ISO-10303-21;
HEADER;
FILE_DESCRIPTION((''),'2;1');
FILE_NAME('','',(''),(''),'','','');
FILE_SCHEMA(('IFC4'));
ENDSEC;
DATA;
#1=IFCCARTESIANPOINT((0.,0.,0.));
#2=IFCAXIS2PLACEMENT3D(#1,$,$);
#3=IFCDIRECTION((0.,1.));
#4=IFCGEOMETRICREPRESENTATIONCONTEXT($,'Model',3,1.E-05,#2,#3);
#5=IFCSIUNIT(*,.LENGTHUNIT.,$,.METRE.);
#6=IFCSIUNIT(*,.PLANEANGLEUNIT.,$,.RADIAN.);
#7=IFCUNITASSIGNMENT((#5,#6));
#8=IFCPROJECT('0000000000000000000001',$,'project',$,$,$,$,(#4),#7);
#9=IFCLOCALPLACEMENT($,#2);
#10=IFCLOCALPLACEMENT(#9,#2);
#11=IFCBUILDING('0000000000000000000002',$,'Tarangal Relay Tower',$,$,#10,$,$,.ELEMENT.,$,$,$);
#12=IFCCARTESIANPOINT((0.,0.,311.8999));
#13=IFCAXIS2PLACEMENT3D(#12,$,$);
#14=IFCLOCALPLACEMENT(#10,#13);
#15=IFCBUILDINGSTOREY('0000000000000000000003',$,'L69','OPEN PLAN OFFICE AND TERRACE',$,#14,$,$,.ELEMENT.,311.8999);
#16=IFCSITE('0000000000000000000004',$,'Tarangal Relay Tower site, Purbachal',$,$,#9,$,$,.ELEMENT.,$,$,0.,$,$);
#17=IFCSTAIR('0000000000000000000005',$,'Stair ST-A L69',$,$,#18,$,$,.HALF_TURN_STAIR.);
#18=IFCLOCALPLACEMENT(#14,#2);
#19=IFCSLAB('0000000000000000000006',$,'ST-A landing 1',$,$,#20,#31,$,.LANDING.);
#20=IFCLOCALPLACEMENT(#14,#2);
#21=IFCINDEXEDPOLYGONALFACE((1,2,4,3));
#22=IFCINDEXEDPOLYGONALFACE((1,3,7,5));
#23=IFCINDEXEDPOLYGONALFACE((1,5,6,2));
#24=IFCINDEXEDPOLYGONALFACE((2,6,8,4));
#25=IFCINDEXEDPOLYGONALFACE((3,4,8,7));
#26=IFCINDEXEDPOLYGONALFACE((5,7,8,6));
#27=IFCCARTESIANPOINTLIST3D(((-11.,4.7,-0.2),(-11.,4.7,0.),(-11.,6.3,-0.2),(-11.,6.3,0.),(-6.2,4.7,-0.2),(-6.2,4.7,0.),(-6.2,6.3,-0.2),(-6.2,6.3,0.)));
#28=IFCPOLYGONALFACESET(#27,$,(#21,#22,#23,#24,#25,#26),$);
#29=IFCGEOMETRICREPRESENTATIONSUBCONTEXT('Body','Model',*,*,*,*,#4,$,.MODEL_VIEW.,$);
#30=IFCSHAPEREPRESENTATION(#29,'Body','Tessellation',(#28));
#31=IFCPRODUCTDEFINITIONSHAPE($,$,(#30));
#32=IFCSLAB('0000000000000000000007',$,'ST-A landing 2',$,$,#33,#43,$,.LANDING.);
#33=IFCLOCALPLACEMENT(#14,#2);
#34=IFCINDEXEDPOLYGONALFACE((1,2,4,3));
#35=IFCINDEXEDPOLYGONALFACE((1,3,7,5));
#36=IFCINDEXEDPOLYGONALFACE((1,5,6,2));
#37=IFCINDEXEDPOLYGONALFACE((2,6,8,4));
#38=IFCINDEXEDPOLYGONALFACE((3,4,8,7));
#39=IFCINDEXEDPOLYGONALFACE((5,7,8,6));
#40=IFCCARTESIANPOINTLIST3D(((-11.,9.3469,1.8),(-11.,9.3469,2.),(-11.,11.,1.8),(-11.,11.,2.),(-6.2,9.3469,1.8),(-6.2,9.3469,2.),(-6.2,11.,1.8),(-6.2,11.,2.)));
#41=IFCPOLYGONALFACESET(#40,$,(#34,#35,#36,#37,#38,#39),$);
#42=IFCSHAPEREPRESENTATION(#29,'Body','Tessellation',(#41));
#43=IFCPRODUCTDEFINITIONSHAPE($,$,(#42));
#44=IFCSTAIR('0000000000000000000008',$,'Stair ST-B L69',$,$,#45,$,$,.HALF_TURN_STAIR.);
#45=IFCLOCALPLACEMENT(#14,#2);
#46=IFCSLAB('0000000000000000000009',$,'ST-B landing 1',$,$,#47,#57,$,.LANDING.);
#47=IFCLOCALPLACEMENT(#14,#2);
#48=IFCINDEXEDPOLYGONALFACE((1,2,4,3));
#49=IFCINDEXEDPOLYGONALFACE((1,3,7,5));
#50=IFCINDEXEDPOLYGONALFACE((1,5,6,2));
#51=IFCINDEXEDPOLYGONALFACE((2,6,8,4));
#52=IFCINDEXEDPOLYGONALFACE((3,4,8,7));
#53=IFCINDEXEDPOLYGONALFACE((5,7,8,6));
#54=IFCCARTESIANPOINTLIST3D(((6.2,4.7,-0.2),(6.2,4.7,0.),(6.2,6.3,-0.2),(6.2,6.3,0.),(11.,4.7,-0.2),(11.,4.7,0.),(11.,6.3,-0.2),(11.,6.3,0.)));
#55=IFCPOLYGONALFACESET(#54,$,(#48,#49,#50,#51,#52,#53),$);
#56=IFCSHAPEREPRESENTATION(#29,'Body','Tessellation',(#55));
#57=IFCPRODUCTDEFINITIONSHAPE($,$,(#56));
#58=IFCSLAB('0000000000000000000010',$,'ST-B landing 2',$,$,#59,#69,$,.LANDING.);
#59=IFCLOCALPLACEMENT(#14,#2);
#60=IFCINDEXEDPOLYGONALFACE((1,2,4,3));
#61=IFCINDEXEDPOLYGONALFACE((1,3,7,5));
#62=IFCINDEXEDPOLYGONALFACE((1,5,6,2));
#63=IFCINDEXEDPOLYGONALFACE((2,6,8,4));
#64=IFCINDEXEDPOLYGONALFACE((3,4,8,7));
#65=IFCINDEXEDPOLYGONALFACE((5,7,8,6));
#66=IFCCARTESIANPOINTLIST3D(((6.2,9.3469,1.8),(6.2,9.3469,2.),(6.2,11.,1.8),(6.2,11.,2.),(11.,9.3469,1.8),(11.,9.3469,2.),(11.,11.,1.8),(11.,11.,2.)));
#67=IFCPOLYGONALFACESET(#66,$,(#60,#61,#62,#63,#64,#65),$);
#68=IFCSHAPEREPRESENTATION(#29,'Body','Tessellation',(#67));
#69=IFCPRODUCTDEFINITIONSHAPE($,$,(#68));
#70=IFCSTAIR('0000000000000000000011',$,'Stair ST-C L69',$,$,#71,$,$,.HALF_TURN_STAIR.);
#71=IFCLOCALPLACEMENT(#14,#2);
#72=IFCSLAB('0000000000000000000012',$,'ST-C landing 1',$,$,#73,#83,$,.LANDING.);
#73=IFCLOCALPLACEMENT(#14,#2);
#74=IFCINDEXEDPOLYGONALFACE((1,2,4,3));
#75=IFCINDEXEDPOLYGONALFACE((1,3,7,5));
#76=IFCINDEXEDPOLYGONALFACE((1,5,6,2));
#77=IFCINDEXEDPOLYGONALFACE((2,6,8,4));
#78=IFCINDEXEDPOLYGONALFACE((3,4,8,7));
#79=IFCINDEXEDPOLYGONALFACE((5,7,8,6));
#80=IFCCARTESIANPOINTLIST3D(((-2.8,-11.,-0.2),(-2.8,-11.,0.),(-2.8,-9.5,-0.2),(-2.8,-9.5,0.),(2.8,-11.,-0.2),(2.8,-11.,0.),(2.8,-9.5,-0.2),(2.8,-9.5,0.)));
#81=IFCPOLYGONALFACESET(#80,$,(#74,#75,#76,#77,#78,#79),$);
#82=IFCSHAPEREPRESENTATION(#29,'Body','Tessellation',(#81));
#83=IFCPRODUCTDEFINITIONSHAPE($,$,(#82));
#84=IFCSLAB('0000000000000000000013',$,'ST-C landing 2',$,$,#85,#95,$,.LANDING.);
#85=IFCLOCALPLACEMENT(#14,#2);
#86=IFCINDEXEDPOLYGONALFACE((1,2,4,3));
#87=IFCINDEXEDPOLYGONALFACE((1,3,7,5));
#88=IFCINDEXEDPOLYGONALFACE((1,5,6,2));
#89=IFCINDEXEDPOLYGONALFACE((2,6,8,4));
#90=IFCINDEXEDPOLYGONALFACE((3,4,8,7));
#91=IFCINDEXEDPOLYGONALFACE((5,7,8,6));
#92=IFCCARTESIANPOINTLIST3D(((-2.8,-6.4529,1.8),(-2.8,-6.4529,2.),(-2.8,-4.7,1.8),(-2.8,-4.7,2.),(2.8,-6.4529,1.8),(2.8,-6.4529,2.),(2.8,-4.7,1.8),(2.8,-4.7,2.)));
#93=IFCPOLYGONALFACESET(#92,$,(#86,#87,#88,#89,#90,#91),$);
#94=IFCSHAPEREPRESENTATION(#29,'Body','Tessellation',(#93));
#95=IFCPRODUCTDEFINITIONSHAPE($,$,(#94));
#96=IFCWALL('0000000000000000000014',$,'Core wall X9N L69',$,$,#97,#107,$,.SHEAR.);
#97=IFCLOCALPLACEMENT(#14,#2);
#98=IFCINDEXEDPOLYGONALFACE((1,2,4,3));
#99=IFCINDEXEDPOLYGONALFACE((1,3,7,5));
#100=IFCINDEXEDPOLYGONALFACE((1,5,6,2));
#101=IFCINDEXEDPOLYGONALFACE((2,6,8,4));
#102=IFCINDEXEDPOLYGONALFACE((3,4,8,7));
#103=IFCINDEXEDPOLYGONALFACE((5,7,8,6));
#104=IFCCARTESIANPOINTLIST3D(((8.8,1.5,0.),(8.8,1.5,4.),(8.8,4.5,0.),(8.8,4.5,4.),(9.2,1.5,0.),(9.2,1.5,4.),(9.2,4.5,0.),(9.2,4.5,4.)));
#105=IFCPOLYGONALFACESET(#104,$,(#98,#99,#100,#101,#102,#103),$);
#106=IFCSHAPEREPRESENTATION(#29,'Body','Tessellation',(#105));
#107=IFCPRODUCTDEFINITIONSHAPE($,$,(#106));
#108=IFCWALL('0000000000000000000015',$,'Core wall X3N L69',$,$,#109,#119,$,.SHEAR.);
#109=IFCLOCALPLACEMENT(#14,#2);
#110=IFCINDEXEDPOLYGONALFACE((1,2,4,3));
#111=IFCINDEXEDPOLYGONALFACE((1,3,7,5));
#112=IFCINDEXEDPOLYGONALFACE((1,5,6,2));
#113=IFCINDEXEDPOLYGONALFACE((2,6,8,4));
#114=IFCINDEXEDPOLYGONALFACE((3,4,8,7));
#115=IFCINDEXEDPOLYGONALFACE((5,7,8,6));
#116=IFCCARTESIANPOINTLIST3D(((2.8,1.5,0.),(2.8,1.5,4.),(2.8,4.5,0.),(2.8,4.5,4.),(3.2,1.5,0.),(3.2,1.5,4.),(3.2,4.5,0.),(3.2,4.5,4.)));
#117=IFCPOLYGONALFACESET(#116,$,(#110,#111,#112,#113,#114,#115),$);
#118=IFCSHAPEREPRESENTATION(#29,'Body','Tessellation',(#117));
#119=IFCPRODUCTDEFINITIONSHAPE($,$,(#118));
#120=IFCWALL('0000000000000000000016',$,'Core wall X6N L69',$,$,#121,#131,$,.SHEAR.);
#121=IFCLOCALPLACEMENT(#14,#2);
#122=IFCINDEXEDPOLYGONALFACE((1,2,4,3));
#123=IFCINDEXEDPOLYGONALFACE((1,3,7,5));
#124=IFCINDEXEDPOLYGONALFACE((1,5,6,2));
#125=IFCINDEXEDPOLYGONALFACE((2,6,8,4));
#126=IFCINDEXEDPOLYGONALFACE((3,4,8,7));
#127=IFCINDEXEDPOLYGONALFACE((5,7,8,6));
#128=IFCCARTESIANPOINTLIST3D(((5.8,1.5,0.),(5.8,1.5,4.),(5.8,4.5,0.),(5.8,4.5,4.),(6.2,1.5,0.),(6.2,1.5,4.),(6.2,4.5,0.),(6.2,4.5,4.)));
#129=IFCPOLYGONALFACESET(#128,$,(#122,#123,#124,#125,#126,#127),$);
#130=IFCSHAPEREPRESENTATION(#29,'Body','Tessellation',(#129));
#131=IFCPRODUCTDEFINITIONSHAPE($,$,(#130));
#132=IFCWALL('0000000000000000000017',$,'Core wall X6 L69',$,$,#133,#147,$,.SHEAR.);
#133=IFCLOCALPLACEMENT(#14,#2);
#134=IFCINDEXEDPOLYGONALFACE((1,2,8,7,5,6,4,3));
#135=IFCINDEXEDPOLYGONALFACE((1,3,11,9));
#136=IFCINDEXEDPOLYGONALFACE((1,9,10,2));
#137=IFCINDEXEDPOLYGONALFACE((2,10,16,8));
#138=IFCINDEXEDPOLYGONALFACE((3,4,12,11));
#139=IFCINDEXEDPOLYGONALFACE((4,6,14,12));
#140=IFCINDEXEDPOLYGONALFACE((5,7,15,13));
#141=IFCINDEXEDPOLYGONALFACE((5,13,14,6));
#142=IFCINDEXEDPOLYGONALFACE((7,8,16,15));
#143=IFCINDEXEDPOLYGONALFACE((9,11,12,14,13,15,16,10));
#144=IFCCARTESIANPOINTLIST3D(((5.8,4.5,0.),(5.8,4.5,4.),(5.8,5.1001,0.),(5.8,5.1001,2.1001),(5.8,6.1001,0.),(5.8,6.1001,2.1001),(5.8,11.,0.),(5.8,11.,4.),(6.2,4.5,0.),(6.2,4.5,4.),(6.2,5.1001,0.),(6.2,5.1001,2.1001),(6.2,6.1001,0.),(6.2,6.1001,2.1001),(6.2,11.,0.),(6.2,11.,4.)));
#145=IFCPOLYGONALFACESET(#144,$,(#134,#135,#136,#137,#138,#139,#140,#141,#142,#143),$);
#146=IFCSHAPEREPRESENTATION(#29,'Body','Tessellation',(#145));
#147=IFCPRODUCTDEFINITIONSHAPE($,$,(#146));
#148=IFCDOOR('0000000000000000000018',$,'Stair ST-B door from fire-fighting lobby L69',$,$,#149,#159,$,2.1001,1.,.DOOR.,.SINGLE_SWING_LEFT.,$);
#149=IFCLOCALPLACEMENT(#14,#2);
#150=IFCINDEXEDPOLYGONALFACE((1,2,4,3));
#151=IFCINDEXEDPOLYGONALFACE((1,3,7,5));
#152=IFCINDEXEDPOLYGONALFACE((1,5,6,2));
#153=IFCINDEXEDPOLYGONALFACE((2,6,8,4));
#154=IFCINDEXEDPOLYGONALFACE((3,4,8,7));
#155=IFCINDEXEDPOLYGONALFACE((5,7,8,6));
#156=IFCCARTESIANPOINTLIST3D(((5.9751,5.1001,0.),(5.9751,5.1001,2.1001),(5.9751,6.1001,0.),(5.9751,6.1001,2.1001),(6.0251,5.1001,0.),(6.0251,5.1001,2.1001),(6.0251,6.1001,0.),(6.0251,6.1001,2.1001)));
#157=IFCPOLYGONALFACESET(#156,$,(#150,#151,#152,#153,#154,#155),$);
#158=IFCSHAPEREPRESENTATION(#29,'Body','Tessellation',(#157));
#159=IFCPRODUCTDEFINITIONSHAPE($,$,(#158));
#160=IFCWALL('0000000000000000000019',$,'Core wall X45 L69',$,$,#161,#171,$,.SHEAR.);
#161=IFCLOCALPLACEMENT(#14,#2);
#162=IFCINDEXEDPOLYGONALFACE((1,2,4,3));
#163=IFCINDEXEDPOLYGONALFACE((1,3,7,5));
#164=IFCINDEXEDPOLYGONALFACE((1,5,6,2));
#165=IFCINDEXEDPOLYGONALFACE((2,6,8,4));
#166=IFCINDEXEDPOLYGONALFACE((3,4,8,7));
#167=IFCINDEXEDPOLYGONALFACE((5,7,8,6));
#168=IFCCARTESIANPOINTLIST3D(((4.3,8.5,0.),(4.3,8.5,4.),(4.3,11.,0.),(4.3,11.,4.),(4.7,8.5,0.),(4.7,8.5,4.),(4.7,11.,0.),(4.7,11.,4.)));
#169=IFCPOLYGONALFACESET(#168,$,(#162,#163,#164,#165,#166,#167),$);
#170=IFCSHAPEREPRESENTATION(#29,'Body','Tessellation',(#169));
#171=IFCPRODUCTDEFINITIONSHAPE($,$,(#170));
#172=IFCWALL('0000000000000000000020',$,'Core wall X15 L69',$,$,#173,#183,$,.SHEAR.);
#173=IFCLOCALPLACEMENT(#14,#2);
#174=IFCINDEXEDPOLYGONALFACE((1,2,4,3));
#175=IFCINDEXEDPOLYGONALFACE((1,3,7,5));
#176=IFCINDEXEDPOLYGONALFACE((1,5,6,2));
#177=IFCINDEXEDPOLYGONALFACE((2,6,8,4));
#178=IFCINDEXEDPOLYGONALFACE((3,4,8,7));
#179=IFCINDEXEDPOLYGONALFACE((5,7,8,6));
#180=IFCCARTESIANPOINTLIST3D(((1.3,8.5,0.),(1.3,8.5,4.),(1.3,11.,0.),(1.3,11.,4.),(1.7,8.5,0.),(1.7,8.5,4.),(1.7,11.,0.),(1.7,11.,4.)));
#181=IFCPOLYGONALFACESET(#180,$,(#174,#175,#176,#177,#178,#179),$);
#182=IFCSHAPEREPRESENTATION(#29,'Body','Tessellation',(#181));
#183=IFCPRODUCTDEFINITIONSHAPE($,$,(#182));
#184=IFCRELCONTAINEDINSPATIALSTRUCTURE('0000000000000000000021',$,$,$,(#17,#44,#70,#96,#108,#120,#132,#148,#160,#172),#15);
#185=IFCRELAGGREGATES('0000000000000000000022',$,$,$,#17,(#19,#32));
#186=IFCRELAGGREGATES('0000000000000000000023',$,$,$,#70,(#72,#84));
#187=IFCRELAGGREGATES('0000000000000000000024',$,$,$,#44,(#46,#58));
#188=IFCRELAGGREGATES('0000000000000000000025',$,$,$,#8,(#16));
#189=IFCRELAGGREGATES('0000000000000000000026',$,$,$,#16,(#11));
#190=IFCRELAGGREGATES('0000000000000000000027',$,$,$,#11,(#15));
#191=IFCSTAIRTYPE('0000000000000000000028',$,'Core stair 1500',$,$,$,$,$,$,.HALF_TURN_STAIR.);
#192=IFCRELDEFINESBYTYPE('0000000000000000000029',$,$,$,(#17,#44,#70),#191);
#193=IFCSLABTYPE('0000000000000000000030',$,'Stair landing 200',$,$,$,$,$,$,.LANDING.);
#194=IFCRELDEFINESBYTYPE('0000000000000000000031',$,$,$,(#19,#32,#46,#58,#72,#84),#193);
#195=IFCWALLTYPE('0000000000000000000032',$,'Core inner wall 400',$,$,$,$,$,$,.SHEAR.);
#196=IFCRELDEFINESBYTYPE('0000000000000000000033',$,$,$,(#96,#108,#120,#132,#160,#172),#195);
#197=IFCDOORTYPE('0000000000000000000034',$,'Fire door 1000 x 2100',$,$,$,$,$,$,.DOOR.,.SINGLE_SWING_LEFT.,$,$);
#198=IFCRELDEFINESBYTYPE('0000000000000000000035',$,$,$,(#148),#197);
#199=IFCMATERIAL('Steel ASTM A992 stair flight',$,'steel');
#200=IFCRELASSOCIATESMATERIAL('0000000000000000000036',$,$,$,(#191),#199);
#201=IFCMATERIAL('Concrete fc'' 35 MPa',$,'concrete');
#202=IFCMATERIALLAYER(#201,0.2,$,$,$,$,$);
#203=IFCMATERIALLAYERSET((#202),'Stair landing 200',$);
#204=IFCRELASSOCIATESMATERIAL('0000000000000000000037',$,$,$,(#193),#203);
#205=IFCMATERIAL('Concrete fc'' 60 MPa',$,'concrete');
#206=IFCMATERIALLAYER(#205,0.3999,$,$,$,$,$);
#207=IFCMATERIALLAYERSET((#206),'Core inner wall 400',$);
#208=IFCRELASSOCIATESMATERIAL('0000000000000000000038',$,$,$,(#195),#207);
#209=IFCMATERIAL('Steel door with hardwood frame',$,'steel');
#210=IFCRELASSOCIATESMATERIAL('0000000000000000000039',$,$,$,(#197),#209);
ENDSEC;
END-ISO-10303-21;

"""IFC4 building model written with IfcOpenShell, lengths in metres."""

from ifc_helpers import new_model, si_unit, direction, frame, frame_2d, origin, place, context, subcontext, project, spatial, polyline, rectangle, outline, extrude, material, layer, layer_set, type_object, element, fill, aggregate, save


model = new_model("IFC4")

# Units and contexts
model_context = context("Model", 3, precision=1e-05, world=origin(), true_north=direction((0.0, 1.0)))
body_context = subcontext(model_context, "Body", "Model", "MODEL_VIEW")
ifc_project = project(units=[si_unit("LENGTHUNIT", "METRE"), si_unit("PLANEANGLEUNIT", "RADIAN")], contexts=[model_context])

# Site, building, storey
site_placement = place(None, origin())
site = spatial("IfcSite", under=ifc_project, at=site_placement, Name="Tarangal Relay Tower site, Purbachal", CompositionType="ELEMENT", RefElevation=0.0)
building_placement = place(site_placement, origin())
building = spatial("IfcBuilding", under=site, at=building_placement, Name="Tarangal Relay Tower", CompositionType="ELEMENT")
storey_placement = place(building_placement, frame((0.0, 0.0, 311.8999)))
storey = spatial("IfcBuildingStorey", under=building, at=storey_placement, Name="L69", Description="OPEN PLAN OFFICE AND TERRACE", CompositionType="ELEMENT", Elevation=311.8999)

# Stairs, slabs
ifc_material_1 = material(Name="Steel ASTM A992 stair flight", Category="steel")
stair_type = type_object("IfcStairType", Name="Core stair 1500", PredefinedType="HALF_TURN_STAIR", material=ifc_material_1)
stair_1_placement = place(storey_placement, origin())
stair_1 = element("IfcStair", 1, at=stair_1_placement, inside=storey, type_object=stair_type, Name="Stair ST-A L69", PredefinedType="HALF_TURN_STAIR")
ifc_material_2 = material(Name="Concrete fc' 35 MPa", Category="concrete")
ifc_layer_1 = layer(ifc_material_2, 0.2)
ifc_layer_set_1 = layer_set([ifc_layer_1], Name="Stair landing 200")
slab_type = type_object("IfcSlabType", Name="Stair landing 200", PredefinedType="LANDING", material=ifc_layer_set_1)
slab_1_placement = place(storey_placement, frame((0.0, 0.0, -0.2)))
slab_1 = element("IfcSlab", 2, at=slab_1_placement, type_object=slab_type, Name="ST-A landing 1", PredefinedType="LANDING", context=body_context, shape_type="SweptSolid", body=[
    extrude(outline(polyline([(-11.0, 4.7), (-6.2, 4.7), (-6.2, 6.3), (-11.0, 6.3), (-11.0, 4.7)])), origin(), (0.0, 0.0, 1.0), 0.2),
])
slab_2_placement = place(storey_placement, frame((0.0, 0.0, 1.8)))
slab_2 = element("IfcSlab", 3, at=slab_2_placement, type_object=slab_type, Name="ST-A landing 2", PredefinedType="LANDING", context=body_context, shape_type="SweptSolid", body=[
    extrude(outline(polyline([(-11.0, 9.3469), (-6.2, 9.3469), (-6.2, 11.0), (-11.0, 11.0), (-11.0, 9.3469)])), origin(), (0.0, 0.0, 1.0), 0.2),
])
aggregate(stair_1, [slab_1, slab_2])
stair_2_placement = place(storey_placement, origin())
stair_2 = element("IfcStair", 4, at=stair_2_placement, inside=storey, type_object=stair_type, Name="Stair ST-B L69", PredefinedType="HALF_TURN_STAIR")
slab_3_placement = place(storey_placement, frame((0.0, 0.0, -0.2)))
slab_3 = element("IfcSlab", 5, at=slab_3_placement, type_object=slab_type, Name="ST-B landing 1", PredefinedType="LANDING", context=body_context, shape_type="SweptSolid", body=[
    extrude(outline(polyline([(6.2, 4.7), (11.0, 4.7), (11.0, 6.3), (6.2, 6.3), (6.2, 4.7)])), origin(), (0.0, 0.0, 1.0), 0.2),
])
slab_4_placement = place(storey_placement, frame((0.0, 0.0, 1.8)))
slab_4 = element("IfcSlab", 6, at=slab_4_placement, type_object=slab_type, Name="ST-B landing 2", PredefinedType="LANDING", context=body_context, shape_type="SweptSolid", body=[
    extrude(outline(polyline([(6.2, 9.3469), (11.0, 9.3469), (11.0, 11.0), (6.2, 11.0), (6.2, 9.3469)])), origin(), (0.0, 0.0, 1.0), 0.2),
])
stair_3_placement = place(storey_placement, origin())
stair_3 = element("IfcStair", 7, at=stair_3_placement, inside=storey, type_object=stair_type, Name="Stair ST-C L69", PredefinedType="HALF_TURN_STAIR")
slab_5_placement = place(storey_placement, frame((0.0, 0.0, -0.2)))
slab_5 = element("IfcSlab", 8, at=slab_5_placement, type_object=slab_type, Name="ST-C landing 1", PredefinedType="LANDING", context=body_context, shape_type="SweptSolid", body=[
    extrude(outline(polyline([(-2.8, -11.0), (2.8, -11.0), (2.8, -9.5), (-2.8, -9.5), (-2.8, -11.0)])), origin(), (0.0, 0.0, 1.0), 0.2),
])
slab_6_placement = place(storey_placement, frame((0.0, 0.0, 1.8)))
slab_6 = element("IfcSlab", 9, at=slab_6_placement, type_object=slab_type, Name="ST-C landing 2", PredefinedType="LANDING", context=body_context, shape_type="SweptSolid", body=[
    extrude(outline(polyline([(-2.8, -6.4529), (2.8, -6.4529), (2.8, -4.7), (-2.8, -4.7), (-2.8, -6.4529)])), origin(), (0.0, 0.0, 1.0), 0.2),
])
aggregate(stair_3, [slab_5, slab_6])

# Walls
ifc_material_3 = material(Name="Concrete fc' 60 MPa", Category="concrete")
ifc_layer_2 = layer(ifc_material_3, 0.3999)
ifc_layer_set_2 = layer_set([ifc_layer_2], Name="Core inner wall 400")
wall_type_1 = type_object("IfcWallType", Name="Core inner wall 400", PredefinedType="SHEAR", material=ifc_layer_set_2)
for number, where, z_axis, x_axis, name in (
    (10, (9.0, 1.5, 0.0), (0.0, 0.0, 1.0), (0.0, 1.0, 0.0), "Core wall X9N L69"),
    (11, (3.0, 1.5, 0.0), (0.0, 0.0, 1.0), (0.0, 1.0, 0.0), "Core wall X3N L69"),
    (12, (6.0, 1.5, 0.0), (0.0, 0.0, 1.0), (0.0, 1.0, 0.0), "Core wall X6N L69"),
):
    element("IfcWall", number, at=place(storey_placement, frame(where, z_axis=z_axis, x_axis=x_axis)), inside=storey, type_object=wall_type_1, Name=name, PredefinedType="SHEAR", context=body_context, shape_type="SweptSolid", body=[
        extrude(rectangle(XDim=3.0, YDim=0.3999, at=frame_2d((1.5, 0.0))), origin(), (0.0, 0.0, 1.0), 4.0),
    ])

# Wall, opening, door
wall_1_placement = place(storey_placement, frame((6.0, 4.5, 0.0), z_axis=(0.0, 0.0, 1.0), x_axis=(0.0, 1.0, 0.0)))
wall_1 = element("IfcWall", 13, at=wall_1_placement, inside=storey, type_object=wall_type_1, Name="Core wall X6 L69", PredefinedType="SHEAR", context=body_context, shape_type="SweptSolid", body=[
    extrude(rectangle(XDim=6.5, YDim=0.3999, at=frame_2d((3.25, 0.0))), origin(), (0.0, 0.0, 1.0), 4.0),
])
opening_1_placement = place(wall_1_placement, frame((0.6001, 0.0, 0.0)))
opening_1 = element("IfcOpeningElement", 14, at=opening_1_placement, cuts=wall_1, PredefinedType="OPENING", context=body_context, shape_type="SweptSolid", body=[
    extrude(rectangle(XDim=1.0, YDim=2.1001, at=frame_2d((0.5, 1.05))), frame((0.0, 0.21, 0.0), z_axis=(0.0, -1.0, 0.0), x_axis=(1.0, 0.0, 0.0)), (0.0, 0.0, 1.0), 0.4199),
])
ifc_material_4 = material(Name="Steel door with hardwood frame", Category="steel")
door_type_1 = type_object("IfcDoorType", Name="Fire door 1000 x 2100", OperationType="SINGLE_SWING_LEFT", PredefinedType="DOOR", material=ifc_material_4)
door_1_placement = place(opening_1_placement, origin())
door_1 = element("IfcDoor", 15, at=door_1_placement, inside=storey, type_object=door_type_1, Name="Stair ST-B door from fire-fighting lobby L69", OperationType="SINGLE_SWING_LEFT", OverallHeight=2.1001, OverallWidth=1.0, PredefinedType="DOOR", context=body_context, shape_type="SweptSolid", body=[
    extrude(rectangle(XDim=1.0, YDim=2.1001, at=frame_2d((0.5, 1.05))), frame((0.0, 0.0249, 0.0), z_axis=(0.0, -1.0, 0.0), x_axis=(1.0, 0.0, 0.0)), (0.0, 0.0, 1.0), 0.05),
])
fill(opening_1, door_1)

# Walls
for number, where, z_axis, x_axis, name in (
    (16, (4.5, 8.5, 0.0), (0.0, 0.0, 1.0), (0.0, 1.0, 0.0), "Core wall X45 L69"),
    (17, (1.5, 8.5, 0.0), (0.0, 0.0, 1.0), (0.0, 1.0, 0.0), "Core wall X15 L69"),
):
    element("IfcWall", number, at=place(storey_placement, frame(where, z_axis=z_axis, x_axis=x_axis)), inside=storey, type_object=wall_type_1, Name=name, PredefinedType="SHEAR", context=body_context, shape_type="SweptSolid", body=[
        extrude(rectangle(XDim=2.5, YDim=0.3999, at=frame_2d((1.25, 0.0))), origin(), (0.0, 0.0, 1.0), 4.0),
    ])

aggregate(stair_2, [slab_3, slab_4])

save(model, "model.ifc")
